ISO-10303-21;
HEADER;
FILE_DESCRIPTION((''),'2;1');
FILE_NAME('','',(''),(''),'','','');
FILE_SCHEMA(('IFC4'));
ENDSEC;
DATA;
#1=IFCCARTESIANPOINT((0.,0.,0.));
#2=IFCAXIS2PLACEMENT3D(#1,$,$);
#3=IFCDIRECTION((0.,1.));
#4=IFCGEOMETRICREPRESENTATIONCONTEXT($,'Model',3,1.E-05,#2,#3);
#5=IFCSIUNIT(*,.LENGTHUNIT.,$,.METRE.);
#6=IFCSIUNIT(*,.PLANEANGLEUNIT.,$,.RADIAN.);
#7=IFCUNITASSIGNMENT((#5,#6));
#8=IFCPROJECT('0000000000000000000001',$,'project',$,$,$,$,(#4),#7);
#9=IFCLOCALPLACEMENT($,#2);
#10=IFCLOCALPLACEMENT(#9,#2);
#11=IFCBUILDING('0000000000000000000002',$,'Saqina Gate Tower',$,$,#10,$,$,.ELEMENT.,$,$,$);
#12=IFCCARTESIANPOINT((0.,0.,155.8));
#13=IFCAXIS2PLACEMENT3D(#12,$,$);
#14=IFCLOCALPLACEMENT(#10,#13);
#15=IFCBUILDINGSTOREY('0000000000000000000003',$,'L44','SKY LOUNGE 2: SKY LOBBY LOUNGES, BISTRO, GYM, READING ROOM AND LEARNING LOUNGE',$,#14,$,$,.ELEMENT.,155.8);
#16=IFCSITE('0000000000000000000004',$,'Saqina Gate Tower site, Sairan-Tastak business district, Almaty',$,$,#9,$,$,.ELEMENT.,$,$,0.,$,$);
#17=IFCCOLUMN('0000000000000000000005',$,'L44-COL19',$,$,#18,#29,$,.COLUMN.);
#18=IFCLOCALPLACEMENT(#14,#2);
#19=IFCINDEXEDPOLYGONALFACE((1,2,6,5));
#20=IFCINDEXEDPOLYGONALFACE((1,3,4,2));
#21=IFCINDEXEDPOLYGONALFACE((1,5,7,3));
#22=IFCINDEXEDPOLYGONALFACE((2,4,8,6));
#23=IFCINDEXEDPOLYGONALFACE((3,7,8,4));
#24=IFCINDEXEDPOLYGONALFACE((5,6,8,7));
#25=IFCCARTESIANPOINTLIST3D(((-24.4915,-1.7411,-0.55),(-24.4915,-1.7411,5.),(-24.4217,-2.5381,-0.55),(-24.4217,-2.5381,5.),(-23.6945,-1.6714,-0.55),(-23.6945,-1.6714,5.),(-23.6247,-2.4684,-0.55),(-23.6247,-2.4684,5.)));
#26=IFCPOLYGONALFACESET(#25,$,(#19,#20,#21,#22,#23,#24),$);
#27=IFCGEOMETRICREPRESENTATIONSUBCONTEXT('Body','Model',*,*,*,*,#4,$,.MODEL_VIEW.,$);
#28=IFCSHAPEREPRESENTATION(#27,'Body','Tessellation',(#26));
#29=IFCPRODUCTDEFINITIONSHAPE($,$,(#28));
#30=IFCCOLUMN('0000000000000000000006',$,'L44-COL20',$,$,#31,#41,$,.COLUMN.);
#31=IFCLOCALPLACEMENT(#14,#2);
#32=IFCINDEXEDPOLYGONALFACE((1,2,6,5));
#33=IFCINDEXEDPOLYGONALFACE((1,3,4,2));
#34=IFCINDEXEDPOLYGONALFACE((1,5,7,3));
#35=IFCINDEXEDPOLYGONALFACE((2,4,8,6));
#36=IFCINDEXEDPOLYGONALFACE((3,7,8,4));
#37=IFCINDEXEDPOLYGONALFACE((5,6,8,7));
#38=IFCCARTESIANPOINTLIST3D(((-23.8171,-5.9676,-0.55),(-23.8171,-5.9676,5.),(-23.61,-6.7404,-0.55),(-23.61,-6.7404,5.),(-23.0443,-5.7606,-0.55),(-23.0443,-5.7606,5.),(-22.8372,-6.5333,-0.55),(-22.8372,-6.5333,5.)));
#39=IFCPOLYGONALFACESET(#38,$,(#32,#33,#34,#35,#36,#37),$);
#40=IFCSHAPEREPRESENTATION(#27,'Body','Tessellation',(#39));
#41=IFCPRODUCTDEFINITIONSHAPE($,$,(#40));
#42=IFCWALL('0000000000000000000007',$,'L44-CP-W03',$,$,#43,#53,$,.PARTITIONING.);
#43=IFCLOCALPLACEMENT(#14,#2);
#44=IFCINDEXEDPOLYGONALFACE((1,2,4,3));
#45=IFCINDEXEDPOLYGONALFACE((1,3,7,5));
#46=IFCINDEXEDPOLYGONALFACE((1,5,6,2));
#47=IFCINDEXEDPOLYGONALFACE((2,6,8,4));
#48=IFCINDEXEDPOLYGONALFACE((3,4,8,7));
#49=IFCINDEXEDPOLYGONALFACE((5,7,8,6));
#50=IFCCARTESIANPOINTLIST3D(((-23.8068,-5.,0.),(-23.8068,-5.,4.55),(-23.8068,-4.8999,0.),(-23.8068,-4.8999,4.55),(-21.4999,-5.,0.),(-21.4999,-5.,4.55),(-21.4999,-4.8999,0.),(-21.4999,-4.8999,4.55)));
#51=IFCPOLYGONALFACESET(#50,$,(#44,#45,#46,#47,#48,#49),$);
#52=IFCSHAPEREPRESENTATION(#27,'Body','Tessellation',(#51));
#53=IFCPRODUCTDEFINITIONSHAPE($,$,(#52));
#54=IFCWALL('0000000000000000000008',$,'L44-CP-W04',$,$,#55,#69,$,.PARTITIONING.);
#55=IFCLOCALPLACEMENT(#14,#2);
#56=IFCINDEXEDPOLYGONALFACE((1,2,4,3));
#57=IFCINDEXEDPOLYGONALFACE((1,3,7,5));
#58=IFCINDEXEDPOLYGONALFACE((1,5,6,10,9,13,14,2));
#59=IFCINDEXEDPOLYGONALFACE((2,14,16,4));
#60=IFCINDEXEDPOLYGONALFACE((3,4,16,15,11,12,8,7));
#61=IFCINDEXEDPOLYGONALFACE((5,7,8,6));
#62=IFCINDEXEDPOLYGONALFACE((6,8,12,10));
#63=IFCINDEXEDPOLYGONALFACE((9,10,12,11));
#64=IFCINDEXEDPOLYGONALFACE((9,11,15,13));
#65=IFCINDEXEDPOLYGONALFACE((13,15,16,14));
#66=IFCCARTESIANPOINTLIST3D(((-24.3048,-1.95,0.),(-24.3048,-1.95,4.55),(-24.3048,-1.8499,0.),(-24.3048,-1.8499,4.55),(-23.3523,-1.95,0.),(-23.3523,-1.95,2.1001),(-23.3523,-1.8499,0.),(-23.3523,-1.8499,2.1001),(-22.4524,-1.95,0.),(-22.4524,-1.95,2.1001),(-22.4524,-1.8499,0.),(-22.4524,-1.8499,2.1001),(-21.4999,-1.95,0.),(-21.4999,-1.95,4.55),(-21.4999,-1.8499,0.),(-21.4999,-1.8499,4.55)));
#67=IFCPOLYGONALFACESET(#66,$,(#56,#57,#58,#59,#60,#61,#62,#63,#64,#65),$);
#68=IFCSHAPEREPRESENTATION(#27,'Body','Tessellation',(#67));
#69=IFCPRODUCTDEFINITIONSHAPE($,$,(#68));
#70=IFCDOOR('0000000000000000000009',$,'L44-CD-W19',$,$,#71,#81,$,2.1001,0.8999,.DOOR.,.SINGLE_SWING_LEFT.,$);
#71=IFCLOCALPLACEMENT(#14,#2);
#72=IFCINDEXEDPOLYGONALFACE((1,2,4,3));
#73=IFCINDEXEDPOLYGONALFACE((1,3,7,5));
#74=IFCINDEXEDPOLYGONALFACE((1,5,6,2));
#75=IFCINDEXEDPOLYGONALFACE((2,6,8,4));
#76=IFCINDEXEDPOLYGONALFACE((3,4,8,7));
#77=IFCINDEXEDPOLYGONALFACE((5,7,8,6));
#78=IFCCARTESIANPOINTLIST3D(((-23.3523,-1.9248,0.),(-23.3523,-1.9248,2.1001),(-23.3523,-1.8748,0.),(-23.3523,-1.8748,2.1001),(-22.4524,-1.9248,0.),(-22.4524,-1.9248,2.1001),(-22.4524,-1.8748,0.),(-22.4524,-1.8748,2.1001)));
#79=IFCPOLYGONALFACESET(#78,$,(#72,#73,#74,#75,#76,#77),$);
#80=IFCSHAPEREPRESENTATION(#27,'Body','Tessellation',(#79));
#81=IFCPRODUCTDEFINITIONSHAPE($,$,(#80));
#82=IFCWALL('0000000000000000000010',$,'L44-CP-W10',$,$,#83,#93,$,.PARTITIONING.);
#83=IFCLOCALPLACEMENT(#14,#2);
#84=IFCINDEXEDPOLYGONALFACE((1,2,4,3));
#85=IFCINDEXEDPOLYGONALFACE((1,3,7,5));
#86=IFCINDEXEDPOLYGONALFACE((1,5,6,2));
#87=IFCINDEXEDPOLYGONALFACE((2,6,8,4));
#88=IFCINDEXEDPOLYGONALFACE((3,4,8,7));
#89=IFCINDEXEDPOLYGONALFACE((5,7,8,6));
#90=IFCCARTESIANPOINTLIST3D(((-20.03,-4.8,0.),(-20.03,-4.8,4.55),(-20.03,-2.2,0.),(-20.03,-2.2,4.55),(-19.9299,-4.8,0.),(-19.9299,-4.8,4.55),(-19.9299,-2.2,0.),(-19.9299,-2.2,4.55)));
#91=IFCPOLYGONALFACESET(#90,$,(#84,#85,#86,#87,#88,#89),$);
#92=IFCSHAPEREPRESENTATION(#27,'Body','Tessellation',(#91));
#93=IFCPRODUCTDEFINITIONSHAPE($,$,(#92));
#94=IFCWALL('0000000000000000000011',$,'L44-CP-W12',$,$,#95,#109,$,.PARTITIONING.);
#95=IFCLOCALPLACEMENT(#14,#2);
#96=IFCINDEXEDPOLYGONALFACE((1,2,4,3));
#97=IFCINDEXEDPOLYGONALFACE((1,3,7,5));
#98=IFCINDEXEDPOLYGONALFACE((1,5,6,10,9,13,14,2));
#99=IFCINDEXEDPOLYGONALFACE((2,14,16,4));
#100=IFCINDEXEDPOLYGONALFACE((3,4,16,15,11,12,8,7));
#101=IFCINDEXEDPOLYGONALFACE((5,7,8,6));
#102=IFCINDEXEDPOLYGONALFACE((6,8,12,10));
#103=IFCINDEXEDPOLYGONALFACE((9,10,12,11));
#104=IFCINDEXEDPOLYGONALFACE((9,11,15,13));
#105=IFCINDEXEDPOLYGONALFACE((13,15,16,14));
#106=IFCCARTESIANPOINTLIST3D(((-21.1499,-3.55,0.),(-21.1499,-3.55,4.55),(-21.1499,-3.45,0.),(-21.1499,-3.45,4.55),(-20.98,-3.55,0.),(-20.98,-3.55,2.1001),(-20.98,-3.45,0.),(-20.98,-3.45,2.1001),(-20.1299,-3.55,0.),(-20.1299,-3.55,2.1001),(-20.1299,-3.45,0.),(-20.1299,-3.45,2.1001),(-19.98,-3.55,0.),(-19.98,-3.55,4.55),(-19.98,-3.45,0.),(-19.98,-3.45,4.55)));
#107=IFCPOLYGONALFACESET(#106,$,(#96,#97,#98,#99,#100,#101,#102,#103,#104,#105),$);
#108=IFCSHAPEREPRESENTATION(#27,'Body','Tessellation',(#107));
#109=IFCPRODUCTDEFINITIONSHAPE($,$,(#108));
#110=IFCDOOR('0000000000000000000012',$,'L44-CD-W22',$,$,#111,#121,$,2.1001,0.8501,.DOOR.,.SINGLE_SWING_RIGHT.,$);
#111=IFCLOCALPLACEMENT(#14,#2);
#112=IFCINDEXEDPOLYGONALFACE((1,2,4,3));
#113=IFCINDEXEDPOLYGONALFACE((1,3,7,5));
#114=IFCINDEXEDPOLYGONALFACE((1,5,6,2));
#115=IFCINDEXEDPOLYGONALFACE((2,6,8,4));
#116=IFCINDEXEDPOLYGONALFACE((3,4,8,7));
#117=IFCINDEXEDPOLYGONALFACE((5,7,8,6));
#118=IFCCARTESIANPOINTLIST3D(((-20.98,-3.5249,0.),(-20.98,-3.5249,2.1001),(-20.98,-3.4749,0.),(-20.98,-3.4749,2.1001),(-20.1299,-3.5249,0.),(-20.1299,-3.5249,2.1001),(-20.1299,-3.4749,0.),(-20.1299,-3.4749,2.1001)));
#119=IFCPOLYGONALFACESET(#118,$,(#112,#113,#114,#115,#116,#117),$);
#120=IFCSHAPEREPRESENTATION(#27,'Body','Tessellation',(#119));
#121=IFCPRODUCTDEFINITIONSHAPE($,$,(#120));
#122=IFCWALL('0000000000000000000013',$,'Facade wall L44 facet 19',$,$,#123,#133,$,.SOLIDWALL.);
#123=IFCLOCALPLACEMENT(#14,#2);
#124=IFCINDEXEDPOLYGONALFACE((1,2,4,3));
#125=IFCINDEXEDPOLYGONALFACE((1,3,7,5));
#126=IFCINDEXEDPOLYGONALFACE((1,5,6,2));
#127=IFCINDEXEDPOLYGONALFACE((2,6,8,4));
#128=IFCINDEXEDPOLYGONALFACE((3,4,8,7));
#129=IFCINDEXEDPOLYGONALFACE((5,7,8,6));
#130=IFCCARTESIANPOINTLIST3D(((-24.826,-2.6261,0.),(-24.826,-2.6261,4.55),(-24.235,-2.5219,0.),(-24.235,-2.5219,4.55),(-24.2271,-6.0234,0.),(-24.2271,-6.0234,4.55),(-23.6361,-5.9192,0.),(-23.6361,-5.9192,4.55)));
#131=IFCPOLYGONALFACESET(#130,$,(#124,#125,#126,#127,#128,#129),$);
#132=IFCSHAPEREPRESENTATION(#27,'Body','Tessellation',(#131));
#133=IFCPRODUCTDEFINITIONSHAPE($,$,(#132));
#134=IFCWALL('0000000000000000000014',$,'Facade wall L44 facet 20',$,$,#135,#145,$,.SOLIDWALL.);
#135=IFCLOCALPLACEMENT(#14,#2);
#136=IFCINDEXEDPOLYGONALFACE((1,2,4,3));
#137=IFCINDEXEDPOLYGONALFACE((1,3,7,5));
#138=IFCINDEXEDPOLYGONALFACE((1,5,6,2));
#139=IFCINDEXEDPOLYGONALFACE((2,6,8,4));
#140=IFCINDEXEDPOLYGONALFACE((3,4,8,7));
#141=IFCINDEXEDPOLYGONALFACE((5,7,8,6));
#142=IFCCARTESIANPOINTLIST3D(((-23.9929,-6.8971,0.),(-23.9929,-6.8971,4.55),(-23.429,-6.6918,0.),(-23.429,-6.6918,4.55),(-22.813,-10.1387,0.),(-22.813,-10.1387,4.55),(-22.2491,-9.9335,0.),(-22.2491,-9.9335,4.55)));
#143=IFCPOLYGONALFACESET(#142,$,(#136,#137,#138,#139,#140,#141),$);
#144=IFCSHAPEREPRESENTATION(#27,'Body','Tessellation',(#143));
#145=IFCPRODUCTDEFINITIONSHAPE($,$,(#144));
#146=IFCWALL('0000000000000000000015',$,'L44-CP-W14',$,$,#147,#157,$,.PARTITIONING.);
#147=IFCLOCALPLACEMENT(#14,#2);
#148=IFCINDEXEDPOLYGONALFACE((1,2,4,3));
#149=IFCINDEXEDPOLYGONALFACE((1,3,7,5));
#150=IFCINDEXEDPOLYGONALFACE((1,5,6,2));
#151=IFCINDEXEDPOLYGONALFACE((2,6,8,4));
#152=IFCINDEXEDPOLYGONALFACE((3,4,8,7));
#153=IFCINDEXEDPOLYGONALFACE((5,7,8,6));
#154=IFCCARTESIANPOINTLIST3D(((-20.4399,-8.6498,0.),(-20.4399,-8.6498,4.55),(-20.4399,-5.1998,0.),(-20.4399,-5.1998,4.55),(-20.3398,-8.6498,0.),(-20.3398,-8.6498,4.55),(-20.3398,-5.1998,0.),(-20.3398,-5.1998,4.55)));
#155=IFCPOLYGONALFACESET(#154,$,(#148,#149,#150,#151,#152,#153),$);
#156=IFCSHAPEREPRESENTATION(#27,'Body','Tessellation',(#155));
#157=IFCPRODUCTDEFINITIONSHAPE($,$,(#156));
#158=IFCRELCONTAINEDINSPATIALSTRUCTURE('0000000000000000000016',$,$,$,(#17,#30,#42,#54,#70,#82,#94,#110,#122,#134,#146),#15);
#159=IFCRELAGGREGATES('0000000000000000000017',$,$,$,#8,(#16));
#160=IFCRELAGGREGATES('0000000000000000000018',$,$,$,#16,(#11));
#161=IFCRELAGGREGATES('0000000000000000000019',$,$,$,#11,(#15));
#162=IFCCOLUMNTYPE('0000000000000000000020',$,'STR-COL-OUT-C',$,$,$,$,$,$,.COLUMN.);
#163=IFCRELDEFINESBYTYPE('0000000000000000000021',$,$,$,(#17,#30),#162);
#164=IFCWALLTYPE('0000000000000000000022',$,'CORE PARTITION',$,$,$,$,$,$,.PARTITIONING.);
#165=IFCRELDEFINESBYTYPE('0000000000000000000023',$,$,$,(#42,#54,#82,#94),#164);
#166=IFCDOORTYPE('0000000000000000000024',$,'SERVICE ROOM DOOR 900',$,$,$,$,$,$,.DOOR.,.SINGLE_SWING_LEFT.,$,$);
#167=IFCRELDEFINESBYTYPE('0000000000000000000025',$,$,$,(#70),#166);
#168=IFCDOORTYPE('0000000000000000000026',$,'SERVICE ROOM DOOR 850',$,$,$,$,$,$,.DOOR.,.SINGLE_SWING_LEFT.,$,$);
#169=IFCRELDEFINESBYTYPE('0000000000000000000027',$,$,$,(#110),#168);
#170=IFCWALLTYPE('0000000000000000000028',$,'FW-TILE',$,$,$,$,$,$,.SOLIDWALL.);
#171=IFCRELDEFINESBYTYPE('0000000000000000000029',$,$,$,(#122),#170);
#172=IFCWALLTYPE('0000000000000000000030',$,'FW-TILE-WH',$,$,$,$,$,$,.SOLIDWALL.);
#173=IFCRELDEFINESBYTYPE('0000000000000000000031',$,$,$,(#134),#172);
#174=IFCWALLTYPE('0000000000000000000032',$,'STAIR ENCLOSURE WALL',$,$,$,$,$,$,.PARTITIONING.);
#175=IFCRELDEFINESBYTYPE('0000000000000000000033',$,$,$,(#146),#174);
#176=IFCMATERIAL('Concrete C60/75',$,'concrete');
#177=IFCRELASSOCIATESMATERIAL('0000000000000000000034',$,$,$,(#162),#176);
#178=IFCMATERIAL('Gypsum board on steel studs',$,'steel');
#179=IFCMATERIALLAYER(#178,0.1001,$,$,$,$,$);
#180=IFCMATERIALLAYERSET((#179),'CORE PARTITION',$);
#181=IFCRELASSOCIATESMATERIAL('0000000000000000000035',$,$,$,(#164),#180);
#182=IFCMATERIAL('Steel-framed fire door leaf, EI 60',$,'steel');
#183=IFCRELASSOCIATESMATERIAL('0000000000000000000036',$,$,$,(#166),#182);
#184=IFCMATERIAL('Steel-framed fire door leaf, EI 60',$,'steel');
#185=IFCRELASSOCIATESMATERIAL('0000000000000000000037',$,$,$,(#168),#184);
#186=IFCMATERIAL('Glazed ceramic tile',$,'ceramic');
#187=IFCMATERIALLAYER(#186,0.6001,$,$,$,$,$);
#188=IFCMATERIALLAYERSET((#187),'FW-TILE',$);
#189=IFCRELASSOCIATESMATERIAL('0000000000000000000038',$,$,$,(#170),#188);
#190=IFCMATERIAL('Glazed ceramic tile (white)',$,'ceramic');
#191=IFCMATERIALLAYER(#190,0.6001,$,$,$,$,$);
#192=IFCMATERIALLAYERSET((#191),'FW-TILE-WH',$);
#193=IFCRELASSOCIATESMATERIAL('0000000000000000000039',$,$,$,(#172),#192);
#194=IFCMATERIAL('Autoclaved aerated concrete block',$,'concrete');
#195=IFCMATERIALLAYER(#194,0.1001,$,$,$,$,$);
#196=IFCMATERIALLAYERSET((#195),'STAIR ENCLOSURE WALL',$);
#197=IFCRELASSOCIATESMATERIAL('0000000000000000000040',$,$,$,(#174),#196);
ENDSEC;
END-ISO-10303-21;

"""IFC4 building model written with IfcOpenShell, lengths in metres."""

from ifc_helpers import new_model, si_unit, direction, frame, frame_2d, origin, origin_2d, place, context, subcontext, project, spatial, rectangle, extrude, material, layer, layer_set, material_profile, profile_set, type_object, element, fill, save


model = new_model("IFC4")

# Units and contexts
model_context = context("Model", 3, precision=1e-05, world=origin(), true_north=direction((0.0, 1.0)))
body_context = subcontext(model_context, "Body", "Model", "MODEL_VIEW")
ifc_project = project(units=[si_unit("LENGTHUNIT", "METRE"), si_unit("PLANEANGLEUNIT", "RADIAN")], contexts=[model_context])

# Site, building, storey
site_placement = place(None, origin())
site = spatial("IfcSite", under=ifc_project, at=site_placement, Name="Saqina Gate Tower site, Sairan-Tastak business district, Almaty", CompositionType="ELEMENT", RefElevation=0.0)
building_placement = place(site_placement, origin())
building = spatial("IfcBuilding", under=site, at=building_placement, Name="Saqina Gate Tower", CompositionType="ELEMENT")
storey_placement = place(building_placement, frame((0.0, 0.0, 155.8)))
storey = spatial("IfcBuildingStorey", under=building, at=storey_placement, Name="L44", Description="SKY LOUNGE 2: SKY LOBBY LOUNGES, BISTRO, GYM, READING ROOM AND LEARNING LOUNGE", CompositionType="ELEMENT", Elevation=155.8)

# Columns
ifc_material_1 = material(Name="Concrete C60/75", Category="concrete")
ifc_material_profile = material_profile(ifc_material_1, rectangle(XDim=0.8, YDim=0.8, at=origin_2d()), Name="RC 800x800")
ifc_profile_set = profile_set([ifc_material_profile], Name="Concrete C60/75")
column_type = type_object("IfcColumnType", Name="STR-COL-OUT-C", PredefinedType="COLUMN", material=ifc_profile_set)
for number, where, z_axis, x_axis, name in (
    (1, (-24.0581, -2.1047, -0.55), (0.0, 0.0, 1.0), (-0.996195, -0.087156, 0.0), "L44-COL19"),
    (2, (-23.3271, -6.2505, -0.55), (0.0, 0.0, 1.0), (-0.965926, -0.258819, 0.0), "L44-COL20"),
):
    element("IfcColumn", number, at=place(storey_placement, frame(where, z_axis=z_axis, x_axis=x_axis)), inside=storey, type_object=column_type, Name=name, PredefinedType="COLUMN", context=body_context, shape_type="SweptSolid", body=[
        extrude(rectangle(XDim=0.8, YDim=0.8, at=origin_2d()), origin(), (0.0, 0.0, 1.0), 5.55),
    ])

# Wall
ifc_material_2 = material(Name="Gypsum board on steel studs", Category="steel")
ifc_layer_1 = layer(ifc_material_2, 0.1001)
ifc_layer_set_1 = layer_set([ifc_layer_1], Name="CORE PARTITION")
wall_type_1 = type_object("IfcWallType", Name="CORE PARTITION", PredefinedType="PARTITIONING", material=ifc_layer_set_1)
wall_1_placement = place(storey_placement, frame((-21.5, -4.95, 0.0), z_axis=(0.0, 0.0, 1.0), x_axis=(-1.0, 0.0, 0.0)))
element("IfcWall", 3, at=wall_1_placement, inside=storey, type_object=wall_type_1, Name="L44-CP-W03", PredefinedType="PARTITIONING", context=body_context, shape_type="SweptSolid", body=[
    extrude(rectangle(XDim=2.3069, YDim=0.1001, at=frame_2d((1.1533, 0.0))), origin(), (0.0, 0.0, 1.0), 4.55),
])

# Wall, opening, door
wall_2_placement = place(storey_placement, frame((-21.5, -1.8999, 0.0), z_axis=(0.0, 0.0, 1.0), x_axis=(-1.0, 0.0, 0.0)))
wall_2 = element("IfcWall", 4, at=wall_2_placement, inside=storey, type_object=wall_type_1, Name="L44-CP-W04", PredefinedType="PARTITIONING", context=body_context, shape_type="SweptSolid", body=[
    extrude(rectangle(XDim=2.8049, YDim=0.1001, at=frame_2d((1.4023, 0.0))), origin(), (0.0, 0.0, 1.0), 4.55),
])
opening_1_placement = place(wall_2_placement, frame((0.9524, 0.0, 0.0)))
opening_1 = element("IfcOpeningElement", 5, at=opening_1_placement, cuts=wall_2, PredefinedType="OPENING", context=body_context, shape_type="SweptSolid", body=[
    extrude(rectangle(XDim=0.8999, YDim=2.1001, at=frame_2d((0.45, 1.05))), frame((0.0, 0.062, 0.0), z_axis=(0.0, -1.0, 0.0), x_axis=(1.0, 0.0, 0.0)), (0.0, 0.0, 1.0), 0.124),
])
ifc_material_3 = material(Name="Steel-framed fire door leaf, EI 60", Category="steel")
door_type_1 = type_object("IfcDoorType", Name="SERVICE ROOM DOOR 900", OperationType="SINGLE_SWING_LEFT", PredefinedType="DOOR", material=ifc_material_3)
door_1_placement = place(opening_1_placement, origin())
door_1 = element("IfcDoor", 6, at=door_1_placement, inside=storey, type_object=door_type_1, Name="L44-CD-W19", OperationType="SINGLE_SWING_LEFT", OverallHeight=2.1001, OverallWidth=0.8999, PredefinedType="DOOR", context=body_context, shape_type="SweptSolid", body=[
    extrude(rectangle(XDim=0.8999, YDim=2.1001, at=frame_2d((0.45, 1.05))), frame((0.0, 0.0249, 0.0), z_axis=(0.0, -1.0, 0.0), x_axis=(1.0, 0.0, 0.0)), (0.0, 0.0, 1.0), 0.05),
])
fill(opening_1, door_1)

# Wall
wall_3_placement = place(storey_placement, frame((-19.98, -4.8, 0.0), z_axis=(0.0, 0.0, 1.0), x_axis=(0.0, 1.0, 0.0)))
element("IfcWall", 7, at=wall_3_placement, inside=storey, type_object=wall_type_1, Name="L44-CP-W10", PredefinedType="PARTITIONING", context=body_context, shape_type="SweptSolid", body=[
    extrude(rectangle(XDim=2.6001, YDim=0.1001, at=frame_2d((1.3, 0.0))), origin(), (0.0, 0.0, 1.0), 4.55),
])

# Wall, opening, door
wall_4_placement = place(storey_placement, frame((-19.98, -3.5, 0.0), z_axis=(0.0, 0.0, 1.0), x_axis=(-1.0, 0.0, 0.0)))
wall_4 = element("IfcWall", 8, at=wall_4_placement, inside=storey, type_object=wall_type_1, Name="L44-CP-W12", PredefinedType="PARTITIONING", context=body_context, shape_type="SweptSolid", body=[
    extrude(rectangle(XDim=1.1699, YDim=0.1001, at=frame_2d((0.585, 0.0))), origin(), (0.0, 0.0, 1.0), 4.55),
])
opening_2_placement = place(wall_4_placement, frame((0.1499, 0.0, 0.0)))
opening_2 = element("IfcOpeningElement", 9, at=opening_2_placement, cuts=wall_4, PredefinedType="OPENING", context=body_context, shape_type="SweptSolid", body=[
    extrude(rectangle(XDim=0.8501, YDim=2.1001, at=frame_2d((0.425, 1.05))), frame((0.0, 0.062, 0.0), z_axis=(0.0, -1.0, 0.0), x_axis=(1.0, 0.0, 0.0)), (0.0, 0.0, 1.0), 0.124),
])
ifc_material_4 = material(Name="Steel-framed fire door leaf, EI 60", Category="steel")
door_type_2 = type_object("IfcDoorType", Name="SERVICE ROOM DOOR 850", OperationType="SINGLE_SWING_LEFT", PredefinedType="DOOR", material=ifc_material_4)
door_2_placement = place(opening_2_placement, origin())
door_2 = element("IfcDoor", 10, at=door_2_placement, inside=storey, type_object=door_type_2, Name="L44-CD-W22", OperationType="SINGLE_SWING_RIGHT", OverallHeight=2.1001, OverallWidth=0.8501, PredefinedType="DOOR", context=body_context, shape_type="SweptSolid", body=[
    extrude(rectangle(XDim=0.8501, YDim=2.1001, at=frame_2d((0.425, 1.05))), frame((0.0, 0.0249, 0.0), z_axis=(0.0, -1.0, 0.0), x_axis=(1.0, 0.0, 0.0)), (0.0, 0.0, 1.0), 0.05),
])
fill(opening_2, door_2)

# Walls
ifc_material_5 = material(Name="Glazed ceramic tile", Category="ceramic")
ifc_layer_2 = layer(ifc_material_5, 0.6001)
ifc_layer_set_2 = layer_set([ifc_layer_2], Name="FW-TILE")
wall_type_2 = type_object("IfcWallType", Name="FW-TILE", PredefinedType="SOLIDWALL", material=ifc_layer_set_2)
wall_5_placement = place(storey_placement, frame((-24.5305, -2.574, 0.0), z_axis=(0.0, 0.0, 1.0), x_axis=(0.173608, -0.984815, 0.0)))
element("IfcWall", 11, at=wall_5_placement, inside=storey, type_object=wall_type_2, Name="Facade wall L44 facet 19", PredefinedType="SOLIDWALL", context=body_context, shape_type="SweptSolid", body=[
    extrude(rectangle(XDim=3.4497, YDim=0.6001, at=frame_2d((1.7249, 0.0))), origin(), (0.0, 0.0, 1.0), 4.55),
])
ifc_material_6 = material(Name="Glazed ceramic tile (white)", Category="ceramic")
ifc_layer_3 = layer(ifc_material_6, 0.6001)
ifc_layer_set_3 = layer_set([ifc_layer_3], Name="FW-TILE-WH")
wall_type_3 = type_object("IfcWallType", Name="FW-TILE-WH", PredefinedType="SOLIDWALL", material=ifc_layer_set_3)
wall_6_placement = place(storey_placement, frame((-23.7109, -6.7944, 0.0), z_axis=(0.0, 0.0, 1.0), x_axis=(0.342033, -0.939688, 0.0)))
element("IfcWall", 12, at=wall_6_placement, inside=storey, type_object=wall_type_3, Name="Facade wall L44 facet 20", PredefinedType="SOLIDWALL", context=body_context, shape_type="SweptSolid", body=[
    extrude(rectangle(XDim=3.4497, YDim=0.6001, at=frame_2d((1.7249, 0.0))), origin(), (0.0, 0.0, 1.0), 4.55),
])
ifc_material_7 = material(Name="Autoclaved aerated concrete block", Category="concrete")
ifc_layer_4 = layer(ifc_material_7, 0.1001)
ifc_layer_set_4 = layer_set([ifc_layer_4], Name="STAIR ENCLOSURE WALL")
wall_type_4 = type_object("IfcWallType", Name="STAIR ENCLOSURE WALL", PredefinedType="PARTITIONING", material=ifc_layer_set_4)
wall_7_placement = place(storey_placement, frame((-20.3899, -8.6499, 0.0), z_axis=(0.0, 0.0, 1.0), x_axis=(0.0, 1.0, 0.0)))
element("IfcWall", 13, at=wall_7_placement, inside=storey, type_object=wall_type_4, Name="L44-CP-W14", PredefinedType="PARTITIONING", context=body_context, shape_type="SweptSolid", body=[
    extrude(rectangle(XDim=3.45, YDim=0.1001, at=frame_2d((1.7251, 0.0))), origin(), (0.0, 0.0, 1.0), 4.55),
])

save(model, "model.ifc")
